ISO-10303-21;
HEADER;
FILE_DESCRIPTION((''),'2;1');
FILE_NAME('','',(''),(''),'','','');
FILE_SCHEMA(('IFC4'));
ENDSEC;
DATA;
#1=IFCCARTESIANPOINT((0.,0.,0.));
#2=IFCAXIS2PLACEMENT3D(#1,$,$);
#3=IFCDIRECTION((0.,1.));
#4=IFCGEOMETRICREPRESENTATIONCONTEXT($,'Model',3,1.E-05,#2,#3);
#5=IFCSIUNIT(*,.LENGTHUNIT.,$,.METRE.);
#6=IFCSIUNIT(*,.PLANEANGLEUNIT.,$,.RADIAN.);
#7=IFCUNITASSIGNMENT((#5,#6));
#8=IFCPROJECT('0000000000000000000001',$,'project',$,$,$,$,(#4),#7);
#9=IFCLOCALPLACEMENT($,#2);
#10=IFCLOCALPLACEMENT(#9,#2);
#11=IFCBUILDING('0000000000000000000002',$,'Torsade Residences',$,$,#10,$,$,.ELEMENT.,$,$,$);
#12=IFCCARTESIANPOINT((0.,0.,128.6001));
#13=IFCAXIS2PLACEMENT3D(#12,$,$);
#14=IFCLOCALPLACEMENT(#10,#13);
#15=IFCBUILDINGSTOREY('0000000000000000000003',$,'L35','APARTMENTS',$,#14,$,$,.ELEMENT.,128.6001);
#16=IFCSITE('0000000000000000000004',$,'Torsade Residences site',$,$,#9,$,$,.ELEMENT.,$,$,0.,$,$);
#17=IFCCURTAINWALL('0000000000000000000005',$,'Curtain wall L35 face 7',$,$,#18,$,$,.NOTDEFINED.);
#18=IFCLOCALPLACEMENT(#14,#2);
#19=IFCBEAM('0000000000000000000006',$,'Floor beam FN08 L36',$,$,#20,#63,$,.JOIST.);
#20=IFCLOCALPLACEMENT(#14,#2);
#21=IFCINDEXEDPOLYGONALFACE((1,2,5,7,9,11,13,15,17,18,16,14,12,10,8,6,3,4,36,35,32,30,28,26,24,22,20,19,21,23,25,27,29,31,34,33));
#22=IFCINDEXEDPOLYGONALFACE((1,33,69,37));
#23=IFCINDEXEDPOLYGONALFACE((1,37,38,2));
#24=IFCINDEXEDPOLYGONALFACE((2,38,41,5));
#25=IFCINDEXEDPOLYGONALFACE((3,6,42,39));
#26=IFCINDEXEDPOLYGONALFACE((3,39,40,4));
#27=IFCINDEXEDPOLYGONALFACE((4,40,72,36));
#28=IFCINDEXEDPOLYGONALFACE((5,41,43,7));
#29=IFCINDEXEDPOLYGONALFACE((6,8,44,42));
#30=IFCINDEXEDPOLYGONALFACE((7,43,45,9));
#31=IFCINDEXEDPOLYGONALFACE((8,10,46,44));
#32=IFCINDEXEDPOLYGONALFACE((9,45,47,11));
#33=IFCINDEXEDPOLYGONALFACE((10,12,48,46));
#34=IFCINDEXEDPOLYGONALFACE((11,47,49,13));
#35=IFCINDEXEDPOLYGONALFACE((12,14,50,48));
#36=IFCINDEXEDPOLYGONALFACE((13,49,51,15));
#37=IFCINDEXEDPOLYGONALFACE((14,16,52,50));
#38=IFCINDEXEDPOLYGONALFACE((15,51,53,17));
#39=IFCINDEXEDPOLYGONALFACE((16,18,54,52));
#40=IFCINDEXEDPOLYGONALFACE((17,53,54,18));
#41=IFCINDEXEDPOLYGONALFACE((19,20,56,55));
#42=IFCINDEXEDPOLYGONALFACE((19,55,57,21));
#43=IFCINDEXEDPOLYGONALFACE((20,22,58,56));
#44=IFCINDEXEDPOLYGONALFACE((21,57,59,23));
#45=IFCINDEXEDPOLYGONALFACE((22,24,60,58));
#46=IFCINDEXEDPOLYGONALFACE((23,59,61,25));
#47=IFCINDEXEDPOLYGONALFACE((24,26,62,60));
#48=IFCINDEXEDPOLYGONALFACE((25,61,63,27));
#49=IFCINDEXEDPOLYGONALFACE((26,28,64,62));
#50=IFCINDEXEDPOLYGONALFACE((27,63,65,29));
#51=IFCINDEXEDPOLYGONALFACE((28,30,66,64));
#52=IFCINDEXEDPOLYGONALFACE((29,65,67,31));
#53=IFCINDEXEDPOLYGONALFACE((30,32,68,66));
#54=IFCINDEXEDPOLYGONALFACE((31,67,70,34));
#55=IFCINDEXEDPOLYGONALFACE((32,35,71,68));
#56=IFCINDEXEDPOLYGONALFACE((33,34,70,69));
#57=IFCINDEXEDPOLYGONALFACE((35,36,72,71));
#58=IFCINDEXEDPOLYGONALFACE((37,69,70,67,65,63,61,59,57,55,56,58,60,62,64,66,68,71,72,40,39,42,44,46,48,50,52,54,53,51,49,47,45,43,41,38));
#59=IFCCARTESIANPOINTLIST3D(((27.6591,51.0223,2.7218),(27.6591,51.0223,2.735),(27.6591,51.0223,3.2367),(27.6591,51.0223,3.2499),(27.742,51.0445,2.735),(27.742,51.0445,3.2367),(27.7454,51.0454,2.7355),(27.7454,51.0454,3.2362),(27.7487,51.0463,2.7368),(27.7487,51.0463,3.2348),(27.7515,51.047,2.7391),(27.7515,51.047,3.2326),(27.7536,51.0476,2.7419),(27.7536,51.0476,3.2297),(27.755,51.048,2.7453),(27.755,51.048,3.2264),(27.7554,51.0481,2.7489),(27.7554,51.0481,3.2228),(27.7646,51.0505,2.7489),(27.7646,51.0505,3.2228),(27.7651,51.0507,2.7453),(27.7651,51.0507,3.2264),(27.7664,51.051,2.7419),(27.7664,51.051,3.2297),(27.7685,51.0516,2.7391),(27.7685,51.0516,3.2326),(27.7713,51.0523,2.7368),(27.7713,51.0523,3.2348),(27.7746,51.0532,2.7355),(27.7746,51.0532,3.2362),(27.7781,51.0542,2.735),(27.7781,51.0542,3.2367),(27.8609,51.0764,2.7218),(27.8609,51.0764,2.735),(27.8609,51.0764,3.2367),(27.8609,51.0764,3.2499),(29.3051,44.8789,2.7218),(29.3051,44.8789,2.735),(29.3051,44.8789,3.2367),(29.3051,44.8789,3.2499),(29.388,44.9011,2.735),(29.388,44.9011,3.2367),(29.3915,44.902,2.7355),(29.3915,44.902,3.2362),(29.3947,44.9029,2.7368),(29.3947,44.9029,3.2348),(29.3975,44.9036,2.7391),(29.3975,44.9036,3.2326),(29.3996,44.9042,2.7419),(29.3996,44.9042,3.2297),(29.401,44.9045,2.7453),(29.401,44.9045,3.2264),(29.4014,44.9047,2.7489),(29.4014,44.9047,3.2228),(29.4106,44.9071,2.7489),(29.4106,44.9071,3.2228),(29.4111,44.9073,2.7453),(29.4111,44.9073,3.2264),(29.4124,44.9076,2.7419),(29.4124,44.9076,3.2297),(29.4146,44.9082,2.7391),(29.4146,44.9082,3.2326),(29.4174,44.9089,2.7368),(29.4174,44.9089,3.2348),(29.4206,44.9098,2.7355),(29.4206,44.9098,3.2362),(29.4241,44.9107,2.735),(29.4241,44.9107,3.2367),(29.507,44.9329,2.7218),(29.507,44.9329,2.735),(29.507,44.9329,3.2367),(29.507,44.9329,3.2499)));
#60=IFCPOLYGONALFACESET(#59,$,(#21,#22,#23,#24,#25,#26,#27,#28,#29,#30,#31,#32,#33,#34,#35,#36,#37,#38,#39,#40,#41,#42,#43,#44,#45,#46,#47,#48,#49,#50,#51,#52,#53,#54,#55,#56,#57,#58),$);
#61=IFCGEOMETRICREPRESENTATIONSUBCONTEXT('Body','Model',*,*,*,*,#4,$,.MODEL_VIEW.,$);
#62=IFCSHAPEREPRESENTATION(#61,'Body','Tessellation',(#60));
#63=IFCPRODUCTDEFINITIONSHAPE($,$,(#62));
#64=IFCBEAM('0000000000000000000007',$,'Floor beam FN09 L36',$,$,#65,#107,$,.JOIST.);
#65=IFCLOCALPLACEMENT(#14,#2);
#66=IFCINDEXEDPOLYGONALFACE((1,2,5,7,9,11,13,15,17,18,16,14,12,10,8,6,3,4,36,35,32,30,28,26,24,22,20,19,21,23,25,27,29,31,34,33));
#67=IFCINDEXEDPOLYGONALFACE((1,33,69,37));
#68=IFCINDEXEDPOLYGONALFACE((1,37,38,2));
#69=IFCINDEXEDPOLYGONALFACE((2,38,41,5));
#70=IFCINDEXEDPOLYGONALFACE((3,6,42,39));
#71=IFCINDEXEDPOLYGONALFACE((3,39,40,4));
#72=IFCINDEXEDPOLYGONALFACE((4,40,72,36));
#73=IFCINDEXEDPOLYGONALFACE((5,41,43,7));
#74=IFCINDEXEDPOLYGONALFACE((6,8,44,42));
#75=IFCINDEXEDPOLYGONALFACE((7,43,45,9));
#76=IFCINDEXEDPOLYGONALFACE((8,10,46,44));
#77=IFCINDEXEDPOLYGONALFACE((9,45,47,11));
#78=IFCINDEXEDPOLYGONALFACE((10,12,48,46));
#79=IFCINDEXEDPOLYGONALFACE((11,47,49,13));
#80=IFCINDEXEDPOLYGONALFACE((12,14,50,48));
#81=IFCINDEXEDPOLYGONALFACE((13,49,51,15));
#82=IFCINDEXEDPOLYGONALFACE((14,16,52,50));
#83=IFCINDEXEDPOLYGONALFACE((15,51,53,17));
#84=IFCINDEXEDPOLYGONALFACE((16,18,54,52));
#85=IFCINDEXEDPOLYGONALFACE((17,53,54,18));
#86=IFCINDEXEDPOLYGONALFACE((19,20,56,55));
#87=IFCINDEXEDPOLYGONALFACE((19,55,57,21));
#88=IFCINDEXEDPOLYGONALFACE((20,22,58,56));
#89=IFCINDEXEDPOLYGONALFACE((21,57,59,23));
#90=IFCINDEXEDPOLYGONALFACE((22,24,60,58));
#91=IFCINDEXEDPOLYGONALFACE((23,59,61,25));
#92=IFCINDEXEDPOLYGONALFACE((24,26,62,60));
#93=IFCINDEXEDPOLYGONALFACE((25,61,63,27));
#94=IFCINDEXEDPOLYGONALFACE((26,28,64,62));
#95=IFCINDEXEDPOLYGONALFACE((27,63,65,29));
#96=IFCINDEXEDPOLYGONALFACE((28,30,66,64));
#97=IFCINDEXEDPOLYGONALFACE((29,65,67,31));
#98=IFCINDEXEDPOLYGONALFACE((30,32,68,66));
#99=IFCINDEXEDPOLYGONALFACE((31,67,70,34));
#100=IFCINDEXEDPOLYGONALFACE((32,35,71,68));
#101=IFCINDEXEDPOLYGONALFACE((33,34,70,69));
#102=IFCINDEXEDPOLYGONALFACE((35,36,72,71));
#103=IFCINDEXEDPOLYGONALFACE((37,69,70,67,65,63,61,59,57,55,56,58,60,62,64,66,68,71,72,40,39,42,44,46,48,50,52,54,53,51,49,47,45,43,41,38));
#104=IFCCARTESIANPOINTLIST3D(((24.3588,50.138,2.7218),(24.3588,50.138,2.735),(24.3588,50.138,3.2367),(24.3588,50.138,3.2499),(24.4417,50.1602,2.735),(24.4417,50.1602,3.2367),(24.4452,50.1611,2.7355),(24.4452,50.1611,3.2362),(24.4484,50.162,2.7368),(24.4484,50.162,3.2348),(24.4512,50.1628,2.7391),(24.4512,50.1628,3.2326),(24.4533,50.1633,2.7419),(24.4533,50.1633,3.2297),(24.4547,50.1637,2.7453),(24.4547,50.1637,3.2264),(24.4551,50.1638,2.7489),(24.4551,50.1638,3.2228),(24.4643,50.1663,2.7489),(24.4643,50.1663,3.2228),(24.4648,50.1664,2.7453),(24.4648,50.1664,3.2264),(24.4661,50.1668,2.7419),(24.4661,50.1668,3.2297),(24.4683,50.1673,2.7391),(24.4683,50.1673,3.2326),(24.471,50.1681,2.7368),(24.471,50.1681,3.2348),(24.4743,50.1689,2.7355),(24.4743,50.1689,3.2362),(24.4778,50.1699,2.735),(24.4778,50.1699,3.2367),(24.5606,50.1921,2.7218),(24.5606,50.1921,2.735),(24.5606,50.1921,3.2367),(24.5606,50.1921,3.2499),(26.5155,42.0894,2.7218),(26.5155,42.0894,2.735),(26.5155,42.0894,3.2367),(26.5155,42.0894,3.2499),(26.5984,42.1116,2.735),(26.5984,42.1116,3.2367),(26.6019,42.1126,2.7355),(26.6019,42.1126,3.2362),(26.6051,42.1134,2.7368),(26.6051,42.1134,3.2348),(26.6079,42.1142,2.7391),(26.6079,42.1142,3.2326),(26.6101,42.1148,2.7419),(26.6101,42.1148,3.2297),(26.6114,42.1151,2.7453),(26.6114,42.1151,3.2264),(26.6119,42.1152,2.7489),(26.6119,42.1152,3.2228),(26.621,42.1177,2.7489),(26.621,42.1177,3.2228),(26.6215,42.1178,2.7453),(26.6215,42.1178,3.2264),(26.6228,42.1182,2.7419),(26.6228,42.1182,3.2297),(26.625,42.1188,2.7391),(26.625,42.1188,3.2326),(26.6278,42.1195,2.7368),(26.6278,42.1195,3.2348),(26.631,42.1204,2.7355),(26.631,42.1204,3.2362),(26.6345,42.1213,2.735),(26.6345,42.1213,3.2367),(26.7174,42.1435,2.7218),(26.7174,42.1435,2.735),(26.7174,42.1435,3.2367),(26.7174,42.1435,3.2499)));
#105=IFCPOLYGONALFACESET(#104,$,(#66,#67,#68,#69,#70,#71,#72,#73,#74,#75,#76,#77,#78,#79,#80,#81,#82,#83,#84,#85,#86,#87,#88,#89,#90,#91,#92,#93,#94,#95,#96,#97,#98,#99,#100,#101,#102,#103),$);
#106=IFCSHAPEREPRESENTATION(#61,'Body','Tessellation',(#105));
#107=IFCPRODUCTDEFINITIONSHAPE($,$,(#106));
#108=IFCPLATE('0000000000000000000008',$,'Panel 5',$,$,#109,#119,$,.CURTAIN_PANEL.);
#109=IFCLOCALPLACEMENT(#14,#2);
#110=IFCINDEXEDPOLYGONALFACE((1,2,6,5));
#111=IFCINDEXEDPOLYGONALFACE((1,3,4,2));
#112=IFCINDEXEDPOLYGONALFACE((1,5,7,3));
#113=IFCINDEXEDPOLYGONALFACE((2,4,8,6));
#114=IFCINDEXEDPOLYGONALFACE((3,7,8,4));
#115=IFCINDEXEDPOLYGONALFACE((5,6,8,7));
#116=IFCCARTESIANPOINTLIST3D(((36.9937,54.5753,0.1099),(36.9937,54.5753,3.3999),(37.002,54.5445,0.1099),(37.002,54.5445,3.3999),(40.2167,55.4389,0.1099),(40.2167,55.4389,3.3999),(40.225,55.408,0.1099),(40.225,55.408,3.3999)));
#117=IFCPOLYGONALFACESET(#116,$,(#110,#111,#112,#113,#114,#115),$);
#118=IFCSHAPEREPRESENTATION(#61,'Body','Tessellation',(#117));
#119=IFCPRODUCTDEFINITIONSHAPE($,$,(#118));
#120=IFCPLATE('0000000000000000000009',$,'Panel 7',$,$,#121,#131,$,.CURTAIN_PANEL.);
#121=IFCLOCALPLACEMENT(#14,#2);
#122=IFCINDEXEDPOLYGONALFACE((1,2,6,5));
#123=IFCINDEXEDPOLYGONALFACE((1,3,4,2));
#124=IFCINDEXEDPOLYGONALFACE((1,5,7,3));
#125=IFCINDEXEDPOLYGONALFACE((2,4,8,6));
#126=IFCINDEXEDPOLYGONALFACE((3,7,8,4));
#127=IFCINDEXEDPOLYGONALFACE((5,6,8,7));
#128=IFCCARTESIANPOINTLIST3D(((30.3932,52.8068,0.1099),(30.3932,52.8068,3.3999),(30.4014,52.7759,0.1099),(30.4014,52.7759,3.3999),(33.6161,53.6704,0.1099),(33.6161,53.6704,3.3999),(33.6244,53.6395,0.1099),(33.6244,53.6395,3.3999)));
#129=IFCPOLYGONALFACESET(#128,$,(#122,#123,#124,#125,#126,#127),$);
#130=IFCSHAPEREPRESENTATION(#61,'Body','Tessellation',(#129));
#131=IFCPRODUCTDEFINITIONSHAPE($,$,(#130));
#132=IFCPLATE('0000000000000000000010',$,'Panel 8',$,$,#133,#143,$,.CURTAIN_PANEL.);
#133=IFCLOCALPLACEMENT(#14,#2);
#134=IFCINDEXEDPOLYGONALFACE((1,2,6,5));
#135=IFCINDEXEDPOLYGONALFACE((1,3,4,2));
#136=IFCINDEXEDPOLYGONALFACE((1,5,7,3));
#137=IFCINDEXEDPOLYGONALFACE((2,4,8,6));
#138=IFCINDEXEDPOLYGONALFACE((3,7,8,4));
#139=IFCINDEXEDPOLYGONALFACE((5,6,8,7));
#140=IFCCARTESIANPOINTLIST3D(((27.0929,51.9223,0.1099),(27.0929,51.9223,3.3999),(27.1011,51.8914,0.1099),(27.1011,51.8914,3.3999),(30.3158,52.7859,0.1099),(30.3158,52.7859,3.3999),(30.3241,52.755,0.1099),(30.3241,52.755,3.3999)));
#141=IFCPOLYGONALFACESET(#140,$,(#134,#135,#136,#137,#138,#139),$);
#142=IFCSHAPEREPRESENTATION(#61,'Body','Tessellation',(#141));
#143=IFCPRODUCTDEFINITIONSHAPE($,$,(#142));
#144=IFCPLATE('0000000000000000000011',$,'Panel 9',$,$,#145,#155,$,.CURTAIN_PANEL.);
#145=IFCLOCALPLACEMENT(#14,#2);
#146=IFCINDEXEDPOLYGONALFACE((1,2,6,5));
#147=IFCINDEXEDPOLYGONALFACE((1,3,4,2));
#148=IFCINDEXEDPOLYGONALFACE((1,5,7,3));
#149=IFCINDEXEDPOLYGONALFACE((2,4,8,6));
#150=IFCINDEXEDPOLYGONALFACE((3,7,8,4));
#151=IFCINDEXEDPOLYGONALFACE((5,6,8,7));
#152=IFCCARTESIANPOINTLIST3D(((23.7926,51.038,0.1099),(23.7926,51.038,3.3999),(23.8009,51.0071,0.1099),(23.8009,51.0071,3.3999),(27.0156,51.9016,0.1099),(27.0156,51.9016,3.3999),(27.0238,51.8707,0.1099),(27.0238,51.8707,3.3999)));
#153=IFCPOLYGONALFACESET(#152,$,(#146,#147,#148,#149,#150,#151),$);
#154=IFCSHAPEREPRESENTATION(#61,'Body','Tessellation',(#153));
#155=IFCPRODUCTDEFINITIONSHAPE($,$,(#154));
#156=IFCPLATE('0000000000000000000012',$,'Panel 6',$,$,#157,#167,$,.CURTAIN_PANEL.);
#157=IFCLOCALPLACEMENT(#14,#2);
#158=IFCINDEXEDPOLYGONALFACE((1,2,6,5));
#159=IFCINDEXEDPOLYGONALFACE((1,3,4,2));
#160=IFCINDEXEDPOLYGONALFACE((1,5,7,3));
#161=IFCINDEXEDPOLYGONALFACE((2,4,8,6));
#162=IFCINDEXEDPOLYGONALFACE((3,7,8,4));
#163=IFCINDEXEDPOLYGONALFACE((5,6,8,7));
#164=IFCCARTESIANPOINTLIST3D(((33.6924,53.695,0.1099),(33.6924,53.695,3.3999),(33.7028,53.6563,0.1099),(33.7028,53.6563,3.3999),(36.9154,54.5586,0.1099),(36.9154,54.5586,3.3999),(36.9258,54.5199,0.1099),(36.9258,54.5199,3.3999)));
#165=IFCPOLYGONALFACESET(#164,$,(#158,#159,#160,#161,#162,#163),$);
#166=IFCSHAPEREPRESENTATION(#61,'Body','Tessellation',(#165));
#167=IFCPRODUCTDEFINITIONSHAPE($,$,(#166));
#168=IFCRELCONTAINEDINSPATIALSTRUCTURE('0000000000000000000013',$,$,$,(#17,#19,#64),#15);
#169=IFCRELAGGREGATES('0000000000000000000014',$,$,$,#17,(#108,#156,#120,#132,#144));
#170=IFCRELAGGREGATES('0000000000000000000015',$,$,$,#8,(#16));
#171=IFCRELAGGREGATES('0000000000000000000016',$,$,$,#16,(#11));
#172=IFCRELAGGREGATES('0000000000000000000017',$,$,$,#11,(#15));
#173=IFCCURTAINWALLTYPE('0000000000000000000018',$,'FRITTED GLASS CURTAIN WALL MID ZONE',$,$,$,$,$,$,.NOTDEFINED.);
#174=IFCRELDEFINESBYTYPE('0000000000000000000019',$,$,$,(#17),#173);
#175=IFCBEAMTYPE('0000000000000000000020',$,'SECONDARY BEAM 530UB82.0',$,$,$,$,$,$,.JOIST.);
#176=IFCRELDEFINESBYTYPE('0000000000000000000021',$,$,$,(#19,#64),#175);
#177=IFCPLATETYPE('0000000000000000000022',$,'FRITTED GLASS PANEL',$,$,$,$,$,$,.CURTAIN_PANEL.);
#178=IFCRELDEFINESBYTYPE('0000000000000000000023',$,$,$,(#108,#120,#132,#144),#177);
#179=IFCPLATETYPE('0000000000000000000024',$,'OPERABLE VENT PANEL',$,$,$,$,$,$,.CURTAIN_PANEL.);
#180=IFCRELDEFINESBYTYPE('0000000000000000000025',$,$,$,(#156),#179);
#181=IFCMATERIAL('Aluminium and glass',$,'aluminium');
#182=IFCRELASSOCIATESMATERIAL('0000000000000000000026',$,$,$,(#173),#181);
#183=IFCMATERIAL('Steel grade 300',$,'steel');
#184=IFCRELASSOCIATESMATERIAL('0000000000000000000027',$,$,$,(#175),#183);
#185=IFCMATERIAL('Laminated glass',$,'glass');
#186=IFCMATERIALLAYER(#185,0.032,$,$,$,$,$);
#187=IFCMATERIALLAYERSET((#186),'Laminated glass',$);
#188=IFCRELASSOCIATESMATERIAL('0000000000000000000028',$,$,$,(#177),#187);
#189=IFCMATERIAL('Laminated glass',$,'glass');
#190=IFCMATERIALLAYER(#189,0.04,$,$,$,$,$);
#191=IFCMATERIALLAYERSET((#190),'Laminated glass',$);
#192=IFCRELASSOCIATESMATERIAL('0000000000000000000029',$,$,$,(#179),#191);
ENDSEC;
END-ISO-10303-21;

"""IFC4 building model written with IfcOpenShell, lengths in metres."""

from ifc_helpers import new_model, si_unit, direction, frame, origin, origin_2d, place, context, subcontext, project, spatial, rectangle, i_section, extrude, material, layer, layer_set, material_profile, profile_set, type_object, element, aggregate, save


model = new_model("IFC4")

# Units and contexts
model_context = context("Model", 3, precision=1e-05, world=origin(), true_north=direction((0.0, 1.0)))
body_context = subcontext(model_context, "Body", "Model", "MODEL_VIEW")
ifc_project = project(units=[si_unit("LENGTHUNIT", "METRE"), si_unit("PLANEANGLEUNIT", "RADIAN")], contexts=[model_context])

# Site, building, storey
site_placement = place(None, origin())
site = spatial("IfcSite", under=ifc_project, at=site_placement, Name="Torsade Residences site", CompositionType="ELEMENT", RefElevation=0.0)
building_placement = place(site_placement, origin())
building = spatial("IfcBuilding", under=site, at=building_placement, Name="Torsade Residences", CompositionType="ELEMENT")
storey_placement = place(building_placement, frame((0.0, 0.0, 128.6001)))
storey = spatial("IfcBuildingStorey", under=building, at=storey_placement, Name="L35", Description="APARTMENTS", CompositionType="ELEMENT", Elevation=128.6001)

# Curtain wall
ifc_material_1 = material(Name="Aluminium and glass", Category="aluminium")
curtain_wall_type = type_object("IfcCurtainWallType", Name="FRITTED GLASS CURTAIN WALL MID ZONE", PredefinedType="NOTDEFINED", material=ifc_material_1)
curtain_wall_placement = place(storey_placement, origin())
curtain_wall = element("IfcCurtainWall", 1, at=curtain_wall_placement, inside=storey, type_object=curtain_wall_type, Name="Curtain wall L35 face 7", PredefinedType="NOTDEFINED")

# Beams
ifc_material_2 = material(Name="Steel grade 300", Category="steel")
ifc_material_profile_1 = material_profile(ifc_material_2, i_section(OverallWidth=0.209, OverallDepth=0.5281, WebThickness=0.0095, FlangeThickness=0.0132, FilletRadius=0.0139, at=origin_2d()), Name="530UB82.0")
ifc_profile_set_1 = profile_set([ifc_material_profile_1], Name="Steel grade 300")
beam_type_1 = type_object("IfcBeamType", Name="SECONDARY BEAM 530UB82.0", PredefinedType="JOIST", material=ifc_profile_set_1)
beam_1_placement = place(storey_placement, frame((27.76, 51.0493, 2.9858), z_axis=(0.258805, -0.96593, 0.0), x_axis=(0.96593, 0.258805, 0.0)))
element("IfcBeam", 2, at=beam_1_placement, inside=storey, type_object=beam_type_1, Name="Floor beam FN08 L36", PredefinedType="JOIST", context=body_context, shape_type="SweptSolid", body=[
    extrude(i_section(OverallWidth=0.209, OverallDepth=0.5281, WebThickness=0.0095, FlangeThickness=0.0132, FilletRadius=0.0139, at=origin_2d()), origin(), (0.0, 0.0, 1.0), 6.3601),
])
beam_2_placement = place(storey_placement, frame((24.4597, 50.165, 2.9858), z_axis=(0.258833, -0.965922, 0.0), x_axis=(0.965922, 0.258833, 0.0)))
element("IfcBeam", 3, at=beam_2_placement, inside=storey, type_object=beam_type_1, Name="Floor beam FN09 L36", PredefinedType="JOIST", context=body_context, shape_type="SweptSolid", body=[
    extrude(i_section(OverallWidth=0.209, OverallDepth=0.5281, WebThickness=0.0095, FlangeThickness=0.0132, FilletRadius=0.0139, at=origin_2d()), origin(), (0.0, 0.0, 1.0), 8.3325),
])

# Plates
ifc_material_3 = material(Name="Laminated glass", Category="glass")
ifc_layer_1 = layer(ifc_material_3, 0.032)
ifc_layer_set_1 = layer_set([ifc_layer_1], Name="Laminated glass")
plate_type_1 = type_object("IfcPlateType", Name="FRITTED GLASS PANEL", PredefinedType="CURTAIN_PANEL", material=ifc_layer_set_1)
plate_1_placement = place(storey_placement, frame((38.6094, 54.9917, 0.1099), z_axis=(0.0, 0.0, 1.0), x_axis=(-0.965926, -0.258819, 0.0)))
plate_1 = element("IfcPlate", 4, at=plate_1_placement, type_object=plate_type_1, Name="Panel 5", PredefinedType="CURTAIN_PANEL", context=body_context, shape_type="SweptSolid", body=[
    extrude(rectangle(XDim=3.3367, YDim=0.032, at=origin_2d()), origin(), (0.0, 0.0, 1.0), 3.29),
])
plate_2_placement = place(storey_placement, frame((32.0088, 53.2231, 0.1099), z_axis=(0.0, 0.0, 1.0), x_axis=(-0.965926, -0.258819, 0.0)))
plate_2 = element("IfcPlate", 5, at=plate_2_placement, type_object=plate_type_1, Name="Panel 7", PredefinedType="CURTAIN_PANEL", context=body_context, shape_type="SweptSolid", body=[
    extrude(rectangle(XDim=3.3367, YDim=0.032, at=origin_2d()), origin(), (0.0, 0.0, 1.0), 3.29),
])
plate_3_placement = place(storey_placement, frame((28.7085, 52.3386, 0.1099), z_axis=(0.0, 0.0, 1.0), x_axis=(-0.965926, -0.258819, 0.0)))
plate_3 = element("IfcPlate", 6, at=plate_3_placement, type_object=plate_type_1, Name="Panel 8", PredefinedType="CURTAIN_PANEL", context=body_context, shape_type="SweptSolid", body=[
    extrude(rectangle(XDim=3.3367, YDim=0.032, at=origin_2d()), origin(), (0.0, 0.0, 1.0), 3.29),
])
plate_4_placement = place(storey_placement, frame((25.4082, 51.4543, 0.1099), z_axis=(0.0, 0.0, 1.0), x_axis=(-0.965926, -0.258819, 0.0)))
plate_4 = element("IfcPlate", 7, at=plate_4_placement, type_object=plate_type_1, Name="Panel 9", PredefinedType="CURTAIN_PANEL", context=body_context, shape_type="SweptSolid", body=[
    extrude(rectangle(XDim=3.3367, YDim=0.032, at=origin_2d()), origin(), (0.0, 0.0, 1.0), 3.29),
])
ifc_material_4 = material(Name="Laminated glass", Category="glass")
ifc_layer_2 = layer(ifc_material_4, 0.04)
ifc_layer_set_2 = layer_set([ifc_layer_2], Name="Laminated glass")
plate_type_2 = type_object("IfcPlateType", Name="OPERABLE VENT PANEL", PredefinedType="CURTAIN_PANEL", material=ifc_layer_set_2)
plate_5_placement = place(storey_placement, frame((35.3091, 54.1074, 0.1099), z_axis=(0.0, 0.0, 1.0), x_axis=(-0.965926, -0.258819, 0.0)))
plate_5 = element("IfcPlate", 8, at=plate_5_placement, type_object=plate_type_2, Name="Panel 6", PredefinedType="CURTAIN_PANEL", context=body_context, shape_type="SweptSolid", body=[
    extrude(rectangle(XDim=3.3367, YDim=0.04, at=origin_2d()), origin(), (0.0, 0.0, 1.0), 3.29),
])
aggregate(curtain_wall, [plate_1, plate_5, plate_2, plate_3, plate_4])

save(model, "model.ifc")
